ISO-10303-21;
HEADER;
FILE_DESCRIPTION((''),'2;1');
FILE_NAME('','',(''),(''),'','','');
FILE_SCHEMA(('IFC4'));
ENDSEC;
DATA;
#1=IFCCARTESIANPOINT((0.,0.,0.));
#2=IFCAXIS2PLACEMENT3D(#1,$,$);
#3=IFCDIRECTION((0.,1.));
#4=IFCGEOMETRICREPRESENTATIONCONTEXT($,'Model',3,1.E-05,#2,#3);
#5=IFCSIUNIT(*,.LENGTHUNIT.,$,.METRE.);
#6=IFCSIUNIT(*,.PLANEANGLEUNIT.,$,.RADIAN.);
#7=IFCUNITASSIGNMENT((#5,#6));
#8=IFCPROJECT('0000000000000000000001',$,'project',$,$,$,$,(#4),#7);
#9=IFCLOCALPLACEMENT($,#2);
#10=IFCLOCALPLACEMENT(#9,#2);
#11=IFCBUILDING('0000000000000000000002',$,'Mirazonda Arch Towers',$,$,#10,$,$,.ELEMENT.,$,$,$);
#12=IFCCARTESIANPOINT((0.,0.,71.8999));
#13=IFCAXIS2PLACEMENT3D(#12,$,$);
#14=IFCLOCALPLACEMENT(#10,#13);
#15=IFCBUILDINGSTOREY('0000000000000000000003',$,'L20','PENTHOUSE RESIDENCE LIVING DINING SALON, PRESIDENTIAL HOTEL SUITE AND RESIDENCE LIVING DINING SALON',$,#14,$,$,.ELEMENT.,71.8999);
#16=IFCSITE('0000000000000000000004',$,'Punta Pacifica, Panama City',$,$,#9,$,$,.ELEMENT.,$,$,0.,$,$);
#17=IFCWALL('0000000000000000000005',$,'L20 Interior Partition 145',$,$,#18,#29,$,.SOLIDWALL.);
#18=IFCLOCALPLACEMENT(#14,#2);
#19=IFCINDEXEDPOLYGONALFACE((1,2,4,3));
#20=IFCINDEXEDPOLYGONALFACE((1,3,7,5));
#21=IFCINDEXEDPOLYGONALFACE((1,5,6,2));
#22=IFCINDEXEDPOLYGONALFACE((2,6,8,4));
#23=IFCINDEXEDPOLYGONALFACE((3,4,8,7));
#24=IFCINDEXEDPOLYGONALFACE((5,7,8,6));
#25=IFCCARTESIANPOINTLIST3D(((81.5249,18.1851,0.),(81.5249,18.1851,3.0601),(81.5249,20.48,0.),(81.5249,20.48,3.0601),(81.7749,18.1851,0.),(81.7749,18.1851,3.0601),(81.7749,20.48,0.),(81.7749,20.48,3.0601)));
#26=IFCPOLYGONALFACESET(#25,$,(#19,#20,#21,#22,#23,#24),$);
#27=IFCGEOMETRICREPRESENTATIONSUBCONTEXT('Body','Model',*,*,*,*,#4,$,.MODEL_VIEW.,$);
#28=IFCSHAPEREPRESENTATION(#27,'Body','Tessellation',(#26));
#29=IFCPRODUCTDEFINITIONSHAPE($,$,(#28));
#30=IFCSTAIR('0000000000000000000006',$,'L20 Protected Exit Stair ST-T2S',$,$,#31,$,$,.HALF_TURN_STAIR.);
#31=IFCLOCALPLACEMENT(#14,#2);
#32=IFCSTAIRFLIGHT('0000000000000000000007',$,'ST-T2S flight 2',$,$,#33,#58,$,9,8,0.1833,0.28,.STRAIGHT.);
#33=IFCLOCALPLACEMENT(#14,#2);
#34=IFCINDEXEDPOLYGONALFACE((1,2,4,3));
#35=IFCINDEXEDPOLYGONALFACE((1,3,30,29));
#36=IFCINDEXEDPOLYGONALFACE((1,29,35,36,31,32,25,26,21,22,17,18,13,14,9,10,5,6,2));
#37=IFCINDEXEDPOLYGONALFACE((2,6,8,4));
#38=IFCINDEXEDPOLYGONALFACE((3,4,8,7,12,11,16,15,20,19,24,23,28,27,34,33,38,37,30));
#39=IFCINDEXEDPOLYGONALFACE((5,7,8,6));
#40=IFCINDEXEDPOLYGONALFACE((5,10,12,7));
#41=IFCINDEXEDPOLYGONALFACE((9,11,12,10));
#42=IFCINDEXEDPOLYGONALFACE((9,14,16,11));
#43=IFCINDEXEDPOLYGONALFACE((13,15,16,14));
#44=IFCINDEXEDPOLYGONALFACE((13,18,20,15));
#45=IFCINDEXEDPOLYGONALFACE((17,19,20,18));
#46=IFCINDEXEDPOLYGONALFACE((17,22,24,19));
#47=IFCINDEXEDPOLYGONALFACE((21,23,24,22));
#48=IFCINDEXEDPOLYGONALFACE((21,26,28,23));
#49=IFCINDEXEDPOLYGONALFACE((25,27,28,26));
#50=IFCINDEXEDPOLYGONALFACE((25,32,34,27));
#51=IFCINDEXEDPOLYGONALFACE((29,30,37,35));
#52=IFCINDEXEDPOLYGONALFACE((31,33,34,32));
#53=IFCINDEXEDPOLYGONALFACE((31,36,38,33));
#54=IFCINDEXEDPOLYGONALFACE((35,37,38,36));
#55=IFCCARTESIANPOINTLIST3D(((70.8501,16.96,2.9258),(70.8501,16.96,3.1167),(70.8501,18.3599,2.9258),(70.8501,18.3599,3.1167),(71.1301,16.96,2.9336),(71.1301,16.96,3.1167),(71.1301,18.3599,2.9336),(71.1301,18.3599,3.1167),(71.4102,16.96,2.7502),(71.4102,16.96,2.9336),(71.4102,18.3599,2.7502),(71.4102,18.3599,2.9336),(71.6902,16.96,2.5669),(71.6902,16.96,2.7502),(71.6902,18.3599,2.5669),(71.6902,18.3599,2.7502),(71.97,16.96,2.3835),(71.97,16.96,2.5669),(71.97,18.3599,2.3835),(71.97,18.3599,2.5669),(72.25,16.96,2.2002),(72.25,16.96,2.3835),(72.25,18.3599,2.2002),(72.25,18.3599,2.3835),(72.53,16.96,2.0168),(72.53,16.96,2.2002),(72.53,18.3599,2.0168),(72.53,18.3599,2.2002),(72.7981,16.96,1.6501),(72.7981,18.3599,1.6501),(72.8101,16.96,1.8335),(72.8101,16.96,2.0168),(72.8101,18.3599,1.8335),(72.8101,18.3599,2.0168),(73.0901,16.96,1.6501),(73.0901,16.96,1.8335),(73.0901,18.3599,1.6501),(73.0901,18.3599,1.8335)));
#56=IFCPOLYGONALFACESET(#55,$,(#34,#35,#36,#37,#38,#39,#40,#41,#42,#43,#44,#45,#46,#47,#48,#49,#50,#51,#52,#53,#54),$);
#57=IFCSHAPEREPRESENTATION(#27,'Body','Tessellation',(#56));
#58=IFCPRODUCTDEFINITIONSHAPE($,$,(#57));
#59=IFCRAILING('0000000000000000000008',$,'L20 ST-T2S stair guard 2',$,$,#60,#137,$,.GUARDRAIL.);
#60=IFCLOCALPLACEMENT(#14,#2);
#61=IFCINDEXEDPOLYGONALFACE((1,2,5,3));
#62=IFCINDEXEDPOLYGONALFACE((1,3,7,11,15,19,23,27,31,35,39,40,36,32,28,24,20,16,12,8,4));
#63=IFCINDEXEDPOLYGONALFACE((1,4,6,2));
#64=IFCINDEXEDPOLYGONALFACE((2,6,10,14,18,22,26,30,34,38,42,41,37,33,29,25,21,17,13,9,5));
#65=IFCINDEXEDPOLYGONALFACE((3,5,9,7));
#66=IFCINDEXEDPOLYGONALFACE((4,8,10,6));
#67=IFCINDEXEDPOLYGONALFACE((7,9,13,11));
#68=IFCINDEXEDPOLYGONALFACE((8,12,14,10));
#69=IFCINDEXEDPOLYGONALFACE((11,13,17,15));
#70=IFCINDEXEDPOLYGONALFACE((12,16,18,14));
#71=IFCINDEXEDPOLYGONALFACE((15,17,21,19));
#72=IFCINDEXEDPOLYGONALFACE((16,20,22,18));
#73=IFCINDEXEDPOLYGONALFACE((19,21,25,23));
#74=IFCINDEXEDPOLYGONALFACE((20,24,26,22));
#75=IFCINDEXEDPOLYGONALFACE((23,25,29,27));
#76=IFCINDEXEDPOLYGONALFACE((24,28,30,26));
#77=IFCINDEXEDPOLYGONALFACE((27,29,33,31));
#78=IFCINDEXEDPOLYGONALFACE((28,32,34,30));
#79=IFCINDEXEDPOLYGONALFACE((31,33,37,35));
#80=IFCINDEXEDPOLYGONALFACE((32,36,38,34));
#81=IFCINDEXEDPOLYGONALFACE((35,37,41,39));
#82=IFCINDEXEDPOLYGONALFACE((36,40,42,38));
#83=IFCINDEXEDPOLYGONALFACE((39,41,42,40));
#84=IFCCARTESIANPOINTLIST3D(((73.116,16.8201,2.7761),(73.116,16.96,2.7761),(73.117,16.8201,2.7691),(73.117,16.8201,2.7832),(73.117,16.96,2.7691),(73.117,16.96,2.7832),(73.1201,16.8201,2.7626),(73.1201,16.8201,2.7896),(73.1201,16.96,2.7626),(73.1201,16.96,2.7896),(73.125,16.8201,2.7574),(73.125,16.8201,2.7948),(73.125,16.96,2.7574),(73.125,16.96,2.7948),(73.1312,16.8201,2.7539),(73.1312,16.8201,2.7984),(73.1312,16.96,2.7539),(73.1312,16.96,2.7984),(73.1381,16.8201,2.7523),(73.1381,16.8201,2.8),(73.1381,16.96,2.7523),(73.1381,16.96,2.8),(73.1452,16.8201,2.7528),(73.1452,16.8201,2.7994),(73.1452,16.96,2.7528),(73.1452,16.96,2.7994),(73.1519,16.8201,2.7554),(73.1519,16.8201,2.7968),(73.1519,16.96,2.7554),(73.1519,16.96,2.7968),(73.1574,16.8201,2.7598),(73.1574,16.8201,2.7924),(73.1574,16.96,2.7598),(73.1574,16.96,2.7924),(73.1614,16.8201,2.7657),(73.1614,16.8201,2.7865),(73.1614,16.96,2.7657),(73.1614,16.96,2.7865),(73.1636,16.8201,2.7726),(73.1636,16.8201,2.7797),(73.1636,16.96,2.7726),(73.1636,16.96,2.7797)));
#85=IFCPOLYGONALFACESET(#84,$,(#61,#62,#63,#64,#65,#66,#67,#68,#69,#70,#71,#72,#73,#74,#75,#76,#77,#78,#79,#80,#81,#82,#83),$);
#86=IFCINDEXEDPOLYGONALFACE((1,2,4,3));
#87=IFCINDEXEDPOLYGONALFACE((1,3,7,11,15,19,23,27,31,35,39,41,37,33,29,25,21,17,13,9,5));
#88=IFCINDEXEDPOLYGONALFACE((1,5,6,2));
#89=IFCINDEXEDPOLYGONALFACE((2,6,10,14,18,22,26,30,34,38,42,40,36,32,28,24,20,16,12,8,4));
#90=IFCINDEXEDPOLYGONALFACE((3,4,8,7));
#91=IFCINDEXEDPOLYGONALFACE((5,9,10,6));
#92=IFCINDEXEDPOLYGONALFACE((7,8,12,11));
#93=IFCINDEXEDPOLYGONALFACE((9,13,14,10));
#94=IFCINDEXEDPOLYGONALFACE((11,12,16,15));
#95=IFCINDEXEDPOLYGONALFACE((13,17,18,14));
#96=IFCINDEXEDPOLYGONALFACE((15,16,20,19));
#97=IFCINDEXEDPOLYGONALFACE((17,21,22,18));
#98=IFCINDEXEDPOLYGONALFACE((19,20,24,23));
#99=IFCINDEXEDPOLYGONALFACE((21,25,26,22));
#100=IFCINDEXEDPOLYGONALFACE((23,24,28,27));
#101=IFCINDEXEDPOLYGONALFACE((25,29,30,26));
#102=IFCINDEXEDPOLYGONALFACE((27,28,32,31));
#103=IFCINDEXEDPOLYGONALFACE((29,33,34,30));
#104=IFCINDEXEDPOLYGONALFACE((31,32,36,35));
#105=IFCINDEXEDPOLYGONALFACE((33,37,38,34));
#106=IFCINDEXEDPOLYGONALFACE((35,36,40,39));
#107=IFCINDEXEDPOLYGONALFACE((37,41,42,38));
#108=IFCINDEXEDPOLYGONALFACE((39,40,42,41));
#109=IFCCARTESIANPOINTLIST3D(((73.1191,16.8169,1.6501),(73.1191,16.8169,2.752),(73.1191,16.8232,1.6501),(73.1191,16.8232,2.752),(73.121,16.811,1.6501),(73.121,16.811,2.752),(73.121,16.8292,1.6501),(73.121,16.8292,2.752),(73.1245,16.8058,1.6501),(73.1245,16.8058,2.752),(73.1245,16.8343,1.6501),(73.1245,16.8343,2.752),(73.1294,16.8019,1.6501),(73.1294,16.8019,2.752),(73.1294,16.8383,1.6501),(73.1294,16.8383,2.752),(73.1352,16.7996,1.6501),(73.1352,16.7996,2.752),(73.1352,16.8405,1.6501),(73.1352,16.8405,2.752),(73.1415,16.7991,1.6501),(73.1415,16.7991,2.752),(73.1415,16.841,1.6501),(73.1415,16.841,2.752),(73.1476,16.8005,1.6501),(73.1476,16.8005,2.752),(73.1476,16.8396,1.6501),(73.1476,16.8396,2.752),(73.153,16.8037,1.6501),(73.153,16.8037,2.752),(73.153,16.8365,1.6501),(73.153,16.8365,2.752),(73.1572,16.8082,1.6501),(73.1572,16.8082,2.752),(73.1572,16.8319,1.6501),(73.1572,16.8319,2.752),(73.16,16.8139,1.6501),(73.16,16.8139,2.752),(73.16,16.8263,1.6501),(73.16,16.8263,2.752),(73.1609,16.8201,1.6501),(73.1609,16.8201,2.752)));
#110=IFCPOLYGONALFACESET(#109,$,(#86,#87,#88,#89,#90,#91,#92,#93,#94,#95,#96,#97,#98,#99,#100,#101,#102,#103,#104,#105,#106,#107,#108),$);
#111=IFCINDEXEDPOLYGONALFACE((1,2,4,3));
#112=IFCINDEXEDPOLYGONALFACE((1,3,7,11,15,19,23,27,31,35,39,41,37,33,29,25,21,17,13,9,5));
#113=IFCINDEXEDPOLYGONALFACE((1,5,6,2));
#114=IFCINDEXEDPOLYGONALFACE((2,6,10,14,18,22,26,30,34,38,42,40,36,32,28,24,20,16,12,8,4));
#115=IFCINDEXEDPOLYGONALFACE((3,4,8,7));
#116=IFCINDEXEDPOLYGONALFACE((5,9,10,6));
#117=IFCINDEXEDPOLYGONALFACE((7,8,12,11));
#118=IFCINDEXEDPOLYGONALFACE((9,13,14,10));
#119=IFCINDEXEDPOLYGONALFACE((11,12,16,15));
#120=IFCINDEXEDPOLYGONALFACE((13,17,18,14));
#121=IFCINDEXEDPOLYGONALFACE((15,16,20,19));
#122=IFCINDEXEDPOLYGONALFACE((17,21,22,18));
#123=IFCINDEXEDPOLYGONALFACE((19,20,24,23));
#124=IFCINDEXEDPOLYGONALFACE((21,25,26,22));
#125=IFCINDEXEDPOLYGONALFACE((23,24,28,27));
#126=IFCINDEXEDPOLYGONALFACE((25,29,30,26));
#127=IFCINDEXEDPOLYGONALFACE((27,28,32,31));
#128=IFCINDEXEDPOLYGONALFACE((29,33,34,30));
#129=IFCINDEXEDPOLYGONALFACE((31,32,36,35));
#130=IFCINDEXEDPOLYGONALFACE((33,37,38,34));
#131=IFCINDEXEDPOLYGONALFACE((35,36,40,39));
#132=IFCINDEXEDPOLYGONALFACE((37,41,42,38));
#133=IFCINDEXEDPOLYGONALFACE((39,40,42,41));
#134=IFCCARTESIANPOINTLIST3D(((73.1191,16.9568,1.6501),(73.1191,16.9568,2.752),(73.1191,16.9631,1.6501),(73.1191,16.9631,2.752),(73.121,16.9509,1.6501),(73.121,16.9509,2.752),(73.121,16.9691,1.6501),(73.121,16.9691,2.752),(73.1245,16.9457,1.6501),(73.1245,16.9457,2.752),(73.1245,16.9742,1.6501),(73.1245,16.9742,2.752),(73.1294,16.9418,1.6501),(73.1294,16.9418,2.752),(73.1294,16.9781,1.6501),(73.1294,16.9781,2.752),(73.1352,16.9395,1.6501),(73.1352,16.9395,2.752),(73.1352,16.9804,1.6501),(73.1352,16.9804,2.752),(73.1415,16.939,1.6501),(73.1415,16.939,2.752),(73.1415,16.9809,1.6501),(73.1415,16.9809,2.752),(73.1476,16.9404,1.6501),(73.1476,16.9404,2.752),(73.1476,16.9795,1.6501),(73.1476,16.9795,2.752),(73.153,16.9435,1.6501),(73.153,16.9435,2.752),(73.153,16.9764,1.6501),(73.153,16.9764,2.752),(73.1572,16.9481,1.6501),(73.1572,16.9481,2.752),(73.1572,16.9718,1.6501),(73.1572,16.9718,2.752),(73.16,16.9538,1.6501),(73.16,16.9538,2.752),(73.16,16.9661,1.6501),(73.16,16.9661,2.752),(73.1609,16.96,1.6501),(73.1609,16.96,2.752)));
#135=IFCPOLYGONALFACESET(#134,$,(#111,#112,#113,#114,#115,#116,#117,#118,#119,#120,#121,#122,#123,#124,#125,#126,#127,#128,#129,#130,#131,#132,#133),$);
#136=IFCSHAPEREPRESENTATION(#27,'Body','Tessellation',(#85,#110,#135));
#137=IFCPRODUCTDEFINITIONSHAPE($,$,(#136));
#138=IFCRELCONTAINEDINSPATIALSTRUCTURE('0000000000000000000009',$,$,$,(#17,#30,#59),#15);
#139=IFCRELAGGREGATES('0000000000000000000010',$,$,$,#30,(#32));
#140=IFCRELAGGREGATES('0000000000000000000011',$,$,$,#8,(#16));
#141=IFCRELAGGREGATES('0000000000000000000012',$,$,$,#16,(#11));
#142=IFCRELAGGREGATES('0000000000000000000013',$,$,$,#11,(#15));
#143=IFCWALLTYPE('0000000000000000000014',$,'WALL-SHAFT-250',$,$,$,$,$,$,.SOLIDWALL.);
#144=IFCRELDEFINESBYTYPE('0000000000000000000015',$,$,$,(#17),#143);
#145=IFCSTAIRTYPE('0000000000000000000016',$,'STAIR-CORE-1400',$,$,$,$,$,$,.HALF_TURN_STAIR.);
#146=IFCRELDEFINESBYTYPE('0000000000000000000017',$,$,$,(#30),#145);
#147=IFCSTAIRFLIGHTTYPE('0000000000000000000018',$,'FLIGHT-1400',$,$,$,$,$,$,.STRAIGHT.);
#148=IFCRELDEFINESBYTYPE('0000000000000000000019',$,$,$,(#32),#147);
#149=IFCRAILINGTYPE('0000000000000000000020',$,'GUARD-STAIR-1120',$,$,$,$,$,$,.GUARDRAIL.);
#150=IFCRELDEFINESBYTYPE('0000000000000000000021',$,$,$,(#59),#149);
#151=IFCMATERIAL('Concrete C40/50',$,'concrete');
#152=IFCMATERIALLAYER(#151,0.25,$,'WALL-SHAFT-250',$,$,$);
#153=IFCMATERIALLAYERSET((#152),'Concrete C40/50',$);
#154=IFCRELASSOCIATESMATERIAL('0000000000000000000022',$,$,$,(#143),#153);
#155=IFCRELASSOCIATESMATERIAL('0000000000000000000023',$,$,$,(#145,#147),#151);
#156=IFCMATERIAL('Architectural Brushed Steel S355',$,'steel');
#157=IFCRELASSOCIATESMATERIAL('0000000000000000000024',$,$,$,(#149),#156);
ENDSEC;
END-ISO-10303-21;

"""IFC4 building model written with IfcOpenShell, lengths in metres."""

from ifc_helpers import new_model, si_unit, direction, frame, frame_2d, origin, origin_2d, place, context, subcontext, project, spatial, polyline, rectangle, circle, outline, extrude, material, layer, layer_set, type_object, element, aggregate, save


model = new_model("IFC4")

# Units and contexts
model_context = context("Model", 3, precision=1e-05, world=origin(), true_north=direction((0.0, 1.0)))
body_context = subcontext(model_context, "Body", "Model", "MODEL_VIEW")
ifc_project = project(units=[si_unit("LENGTHUNIT", "METRE"), si_unit("PLANEANGLEUNIT", "RADIAN")], contexts=[model_context])

# Site, building, storey
site_placement = place(None, origin())
site = spatial("IfcSite", under=ifc_project, at=site_placement, Name="Punta Pacifica, Panama City", CompositionType="ELEMENT", RefElevation=0.0)
building_placement = place(site_placement, origin())
building = spatial("IfcBuilding", under=site, at=building_placement, Name="Mirazonda Arch Towers", CompositionType="ELEMENT")
storey_placement = place(building_placement, frame((0.0, 0.0, 71.8999)))
storey = spatial("IfcBuildingStorey", under=building, at=storey_placement, Name="L20", Description="PENTHOUSE RESIDENCE LIVING DINING SALON, PRESIDENTIAL HOTEL SUITE AND RESIDENCE LIVING DINING SALON", CompositionType="ELEMENT", Elevation=71.8999)

# Wall
ifc_material_1 = material(Name="Concrete C40/50", Category="concrete")
ifc_layer_1 = layer(ifc_material_1, 0.25, Name="WALL-SHAFT-250")
ifc_layer_set_1 = layer_set([ifc_layer_1], Name="Concrete C40/50")
wall_type_1 = type_object("IfcWallType", Name="WALL-SHAFT-250", PredefinedType="SOLIDWALL", material=ifc_layer_set_1)
wall_1_placement = place(storey_placement, frame((81.6499, 18.1851, 0.0), z_axis=(0.0, 0.0, 1.0), x_axis=(0.0, 1.0, 0.0)))
element("IfcWall", 1, at=wall_1_placement, inside=storey, type_object=wall_type_1, Name="L20 Interior Partition 145", PredefinedType="SOLIDWALL", context=body_context, shape_type="SweptSolid", body=[
    extrude(rectangle(XDim=2.2949, YDim=0.25, at=frame_2d((1.1475, 0.0))), origin(), (0.0, 0.0, 1.0), 3.0601),
])

# Stair, stair flight
stair_type = type_object("IfcStairType", Name="STAIR-CORE-1400", PredefinedType="HALF_TURN_STAIR", material=ifc_material_1)
stair_placement = place(storey_placement, origin())
stair = element("IfcStair", 2, at=stair_placement, inside=storey, type_object=stair_type, Name="L20 Protected Exit Stair ST-T2S", PredefinedType="HALF_TURN_STAIR")
stair_flight_type = type_object("IfcStairFlightType", Name="FLIGHT-1400", PredefinedType="STRAIGHT", material=ifc_material_1)
stair_flight_placement = place(storey_placement, frame((73.0901, 17.6599, 1.6501), z_axis=(0.0, 0.0, 1.0), x_axis=(-1.0, 0.0, 0.0)))
stair_flight = element("IfcStairFlight", 3, at=stair_flight_placement, type_object=stair_flight_type, Name="ST-T2S flight 2", NumberOfRisers=9, NumberOfTreads=8, PredefinedType="STRAIGHT", RiserHeight=0.1833, TreadLength=0.28, context=body_context, shape_type="SweptSolid", body=[
    extrude(outline(polyline([(0.0, 0.0), (0.0, 0.1833), (0.28, 0.1833), (0.28, 0.3667), (0.5601, 0.3667), (0.5601, 0.55), (0.8401, 0.55), (0.8401, 0.7334), (1.1201, 0.7334), (1.1201, 0.9167), (1.3999, 0.9167), (1.3999, 1.1001), (1.6799, 1.1001), (1.6799, 1.2834), (1.96, 1.2834), (1.96, 1.4666), (2.24, 1.4666), (2.24, 1.6499), (2.24, 1.2756), (0.292, 0.0), (0.0, 0.0)])), frame((0.0, 0.7, 0.0), z_axis=(0.0, -1.0, 0.0), x_axis=(1.0, 0.0, 0.0)), (0.0, 0.0, 1.0), 1.3999),
])
aggregate(stair, [stair_flight])

# Railing
ifc_material_2 = material(Name="Architectural Brushed Steel S355", Category="steel")
railing_type_1 = type_object("IfcRailingType", Name="GUARD-STAIR-1120", PredefinedType="GUARDRAIL", material=ifc_material_2)
railing_1_placement = place(storey_placement, frame((73.1399, 16.8201, 1.6501)))
element("IfcRailing", 4, at=railing_1_placement, inside=storey, type_object=railing_type_1, Name="L20 ST-T2S stair guard 2", PredefinedType="GUARDRAIL", context=body_context, shape_type="SweptSolid", body=[
    extrude(circle(Radius=0.0239, at=origin_2d()), frame((0.0, 0.0, 1.126), z_axis=(0.0, 1.0, 0.0), x_axis=(-1.0, 0.0, 0.0)), (0.0, 0.0, 1.0), 0.1399),
    extrude(circle(Radius=0.021, at=origin_2d()), origin(), (0.0, 0.0, 1.0), 1.1018),
    extrude(circle(Radius=0.021, at=origin_2d()), frame((0.0, 0.1399, 0.0)), (0.0, 0.0, 1.0), 1.1018),
])

save(model, "model.ifc")
